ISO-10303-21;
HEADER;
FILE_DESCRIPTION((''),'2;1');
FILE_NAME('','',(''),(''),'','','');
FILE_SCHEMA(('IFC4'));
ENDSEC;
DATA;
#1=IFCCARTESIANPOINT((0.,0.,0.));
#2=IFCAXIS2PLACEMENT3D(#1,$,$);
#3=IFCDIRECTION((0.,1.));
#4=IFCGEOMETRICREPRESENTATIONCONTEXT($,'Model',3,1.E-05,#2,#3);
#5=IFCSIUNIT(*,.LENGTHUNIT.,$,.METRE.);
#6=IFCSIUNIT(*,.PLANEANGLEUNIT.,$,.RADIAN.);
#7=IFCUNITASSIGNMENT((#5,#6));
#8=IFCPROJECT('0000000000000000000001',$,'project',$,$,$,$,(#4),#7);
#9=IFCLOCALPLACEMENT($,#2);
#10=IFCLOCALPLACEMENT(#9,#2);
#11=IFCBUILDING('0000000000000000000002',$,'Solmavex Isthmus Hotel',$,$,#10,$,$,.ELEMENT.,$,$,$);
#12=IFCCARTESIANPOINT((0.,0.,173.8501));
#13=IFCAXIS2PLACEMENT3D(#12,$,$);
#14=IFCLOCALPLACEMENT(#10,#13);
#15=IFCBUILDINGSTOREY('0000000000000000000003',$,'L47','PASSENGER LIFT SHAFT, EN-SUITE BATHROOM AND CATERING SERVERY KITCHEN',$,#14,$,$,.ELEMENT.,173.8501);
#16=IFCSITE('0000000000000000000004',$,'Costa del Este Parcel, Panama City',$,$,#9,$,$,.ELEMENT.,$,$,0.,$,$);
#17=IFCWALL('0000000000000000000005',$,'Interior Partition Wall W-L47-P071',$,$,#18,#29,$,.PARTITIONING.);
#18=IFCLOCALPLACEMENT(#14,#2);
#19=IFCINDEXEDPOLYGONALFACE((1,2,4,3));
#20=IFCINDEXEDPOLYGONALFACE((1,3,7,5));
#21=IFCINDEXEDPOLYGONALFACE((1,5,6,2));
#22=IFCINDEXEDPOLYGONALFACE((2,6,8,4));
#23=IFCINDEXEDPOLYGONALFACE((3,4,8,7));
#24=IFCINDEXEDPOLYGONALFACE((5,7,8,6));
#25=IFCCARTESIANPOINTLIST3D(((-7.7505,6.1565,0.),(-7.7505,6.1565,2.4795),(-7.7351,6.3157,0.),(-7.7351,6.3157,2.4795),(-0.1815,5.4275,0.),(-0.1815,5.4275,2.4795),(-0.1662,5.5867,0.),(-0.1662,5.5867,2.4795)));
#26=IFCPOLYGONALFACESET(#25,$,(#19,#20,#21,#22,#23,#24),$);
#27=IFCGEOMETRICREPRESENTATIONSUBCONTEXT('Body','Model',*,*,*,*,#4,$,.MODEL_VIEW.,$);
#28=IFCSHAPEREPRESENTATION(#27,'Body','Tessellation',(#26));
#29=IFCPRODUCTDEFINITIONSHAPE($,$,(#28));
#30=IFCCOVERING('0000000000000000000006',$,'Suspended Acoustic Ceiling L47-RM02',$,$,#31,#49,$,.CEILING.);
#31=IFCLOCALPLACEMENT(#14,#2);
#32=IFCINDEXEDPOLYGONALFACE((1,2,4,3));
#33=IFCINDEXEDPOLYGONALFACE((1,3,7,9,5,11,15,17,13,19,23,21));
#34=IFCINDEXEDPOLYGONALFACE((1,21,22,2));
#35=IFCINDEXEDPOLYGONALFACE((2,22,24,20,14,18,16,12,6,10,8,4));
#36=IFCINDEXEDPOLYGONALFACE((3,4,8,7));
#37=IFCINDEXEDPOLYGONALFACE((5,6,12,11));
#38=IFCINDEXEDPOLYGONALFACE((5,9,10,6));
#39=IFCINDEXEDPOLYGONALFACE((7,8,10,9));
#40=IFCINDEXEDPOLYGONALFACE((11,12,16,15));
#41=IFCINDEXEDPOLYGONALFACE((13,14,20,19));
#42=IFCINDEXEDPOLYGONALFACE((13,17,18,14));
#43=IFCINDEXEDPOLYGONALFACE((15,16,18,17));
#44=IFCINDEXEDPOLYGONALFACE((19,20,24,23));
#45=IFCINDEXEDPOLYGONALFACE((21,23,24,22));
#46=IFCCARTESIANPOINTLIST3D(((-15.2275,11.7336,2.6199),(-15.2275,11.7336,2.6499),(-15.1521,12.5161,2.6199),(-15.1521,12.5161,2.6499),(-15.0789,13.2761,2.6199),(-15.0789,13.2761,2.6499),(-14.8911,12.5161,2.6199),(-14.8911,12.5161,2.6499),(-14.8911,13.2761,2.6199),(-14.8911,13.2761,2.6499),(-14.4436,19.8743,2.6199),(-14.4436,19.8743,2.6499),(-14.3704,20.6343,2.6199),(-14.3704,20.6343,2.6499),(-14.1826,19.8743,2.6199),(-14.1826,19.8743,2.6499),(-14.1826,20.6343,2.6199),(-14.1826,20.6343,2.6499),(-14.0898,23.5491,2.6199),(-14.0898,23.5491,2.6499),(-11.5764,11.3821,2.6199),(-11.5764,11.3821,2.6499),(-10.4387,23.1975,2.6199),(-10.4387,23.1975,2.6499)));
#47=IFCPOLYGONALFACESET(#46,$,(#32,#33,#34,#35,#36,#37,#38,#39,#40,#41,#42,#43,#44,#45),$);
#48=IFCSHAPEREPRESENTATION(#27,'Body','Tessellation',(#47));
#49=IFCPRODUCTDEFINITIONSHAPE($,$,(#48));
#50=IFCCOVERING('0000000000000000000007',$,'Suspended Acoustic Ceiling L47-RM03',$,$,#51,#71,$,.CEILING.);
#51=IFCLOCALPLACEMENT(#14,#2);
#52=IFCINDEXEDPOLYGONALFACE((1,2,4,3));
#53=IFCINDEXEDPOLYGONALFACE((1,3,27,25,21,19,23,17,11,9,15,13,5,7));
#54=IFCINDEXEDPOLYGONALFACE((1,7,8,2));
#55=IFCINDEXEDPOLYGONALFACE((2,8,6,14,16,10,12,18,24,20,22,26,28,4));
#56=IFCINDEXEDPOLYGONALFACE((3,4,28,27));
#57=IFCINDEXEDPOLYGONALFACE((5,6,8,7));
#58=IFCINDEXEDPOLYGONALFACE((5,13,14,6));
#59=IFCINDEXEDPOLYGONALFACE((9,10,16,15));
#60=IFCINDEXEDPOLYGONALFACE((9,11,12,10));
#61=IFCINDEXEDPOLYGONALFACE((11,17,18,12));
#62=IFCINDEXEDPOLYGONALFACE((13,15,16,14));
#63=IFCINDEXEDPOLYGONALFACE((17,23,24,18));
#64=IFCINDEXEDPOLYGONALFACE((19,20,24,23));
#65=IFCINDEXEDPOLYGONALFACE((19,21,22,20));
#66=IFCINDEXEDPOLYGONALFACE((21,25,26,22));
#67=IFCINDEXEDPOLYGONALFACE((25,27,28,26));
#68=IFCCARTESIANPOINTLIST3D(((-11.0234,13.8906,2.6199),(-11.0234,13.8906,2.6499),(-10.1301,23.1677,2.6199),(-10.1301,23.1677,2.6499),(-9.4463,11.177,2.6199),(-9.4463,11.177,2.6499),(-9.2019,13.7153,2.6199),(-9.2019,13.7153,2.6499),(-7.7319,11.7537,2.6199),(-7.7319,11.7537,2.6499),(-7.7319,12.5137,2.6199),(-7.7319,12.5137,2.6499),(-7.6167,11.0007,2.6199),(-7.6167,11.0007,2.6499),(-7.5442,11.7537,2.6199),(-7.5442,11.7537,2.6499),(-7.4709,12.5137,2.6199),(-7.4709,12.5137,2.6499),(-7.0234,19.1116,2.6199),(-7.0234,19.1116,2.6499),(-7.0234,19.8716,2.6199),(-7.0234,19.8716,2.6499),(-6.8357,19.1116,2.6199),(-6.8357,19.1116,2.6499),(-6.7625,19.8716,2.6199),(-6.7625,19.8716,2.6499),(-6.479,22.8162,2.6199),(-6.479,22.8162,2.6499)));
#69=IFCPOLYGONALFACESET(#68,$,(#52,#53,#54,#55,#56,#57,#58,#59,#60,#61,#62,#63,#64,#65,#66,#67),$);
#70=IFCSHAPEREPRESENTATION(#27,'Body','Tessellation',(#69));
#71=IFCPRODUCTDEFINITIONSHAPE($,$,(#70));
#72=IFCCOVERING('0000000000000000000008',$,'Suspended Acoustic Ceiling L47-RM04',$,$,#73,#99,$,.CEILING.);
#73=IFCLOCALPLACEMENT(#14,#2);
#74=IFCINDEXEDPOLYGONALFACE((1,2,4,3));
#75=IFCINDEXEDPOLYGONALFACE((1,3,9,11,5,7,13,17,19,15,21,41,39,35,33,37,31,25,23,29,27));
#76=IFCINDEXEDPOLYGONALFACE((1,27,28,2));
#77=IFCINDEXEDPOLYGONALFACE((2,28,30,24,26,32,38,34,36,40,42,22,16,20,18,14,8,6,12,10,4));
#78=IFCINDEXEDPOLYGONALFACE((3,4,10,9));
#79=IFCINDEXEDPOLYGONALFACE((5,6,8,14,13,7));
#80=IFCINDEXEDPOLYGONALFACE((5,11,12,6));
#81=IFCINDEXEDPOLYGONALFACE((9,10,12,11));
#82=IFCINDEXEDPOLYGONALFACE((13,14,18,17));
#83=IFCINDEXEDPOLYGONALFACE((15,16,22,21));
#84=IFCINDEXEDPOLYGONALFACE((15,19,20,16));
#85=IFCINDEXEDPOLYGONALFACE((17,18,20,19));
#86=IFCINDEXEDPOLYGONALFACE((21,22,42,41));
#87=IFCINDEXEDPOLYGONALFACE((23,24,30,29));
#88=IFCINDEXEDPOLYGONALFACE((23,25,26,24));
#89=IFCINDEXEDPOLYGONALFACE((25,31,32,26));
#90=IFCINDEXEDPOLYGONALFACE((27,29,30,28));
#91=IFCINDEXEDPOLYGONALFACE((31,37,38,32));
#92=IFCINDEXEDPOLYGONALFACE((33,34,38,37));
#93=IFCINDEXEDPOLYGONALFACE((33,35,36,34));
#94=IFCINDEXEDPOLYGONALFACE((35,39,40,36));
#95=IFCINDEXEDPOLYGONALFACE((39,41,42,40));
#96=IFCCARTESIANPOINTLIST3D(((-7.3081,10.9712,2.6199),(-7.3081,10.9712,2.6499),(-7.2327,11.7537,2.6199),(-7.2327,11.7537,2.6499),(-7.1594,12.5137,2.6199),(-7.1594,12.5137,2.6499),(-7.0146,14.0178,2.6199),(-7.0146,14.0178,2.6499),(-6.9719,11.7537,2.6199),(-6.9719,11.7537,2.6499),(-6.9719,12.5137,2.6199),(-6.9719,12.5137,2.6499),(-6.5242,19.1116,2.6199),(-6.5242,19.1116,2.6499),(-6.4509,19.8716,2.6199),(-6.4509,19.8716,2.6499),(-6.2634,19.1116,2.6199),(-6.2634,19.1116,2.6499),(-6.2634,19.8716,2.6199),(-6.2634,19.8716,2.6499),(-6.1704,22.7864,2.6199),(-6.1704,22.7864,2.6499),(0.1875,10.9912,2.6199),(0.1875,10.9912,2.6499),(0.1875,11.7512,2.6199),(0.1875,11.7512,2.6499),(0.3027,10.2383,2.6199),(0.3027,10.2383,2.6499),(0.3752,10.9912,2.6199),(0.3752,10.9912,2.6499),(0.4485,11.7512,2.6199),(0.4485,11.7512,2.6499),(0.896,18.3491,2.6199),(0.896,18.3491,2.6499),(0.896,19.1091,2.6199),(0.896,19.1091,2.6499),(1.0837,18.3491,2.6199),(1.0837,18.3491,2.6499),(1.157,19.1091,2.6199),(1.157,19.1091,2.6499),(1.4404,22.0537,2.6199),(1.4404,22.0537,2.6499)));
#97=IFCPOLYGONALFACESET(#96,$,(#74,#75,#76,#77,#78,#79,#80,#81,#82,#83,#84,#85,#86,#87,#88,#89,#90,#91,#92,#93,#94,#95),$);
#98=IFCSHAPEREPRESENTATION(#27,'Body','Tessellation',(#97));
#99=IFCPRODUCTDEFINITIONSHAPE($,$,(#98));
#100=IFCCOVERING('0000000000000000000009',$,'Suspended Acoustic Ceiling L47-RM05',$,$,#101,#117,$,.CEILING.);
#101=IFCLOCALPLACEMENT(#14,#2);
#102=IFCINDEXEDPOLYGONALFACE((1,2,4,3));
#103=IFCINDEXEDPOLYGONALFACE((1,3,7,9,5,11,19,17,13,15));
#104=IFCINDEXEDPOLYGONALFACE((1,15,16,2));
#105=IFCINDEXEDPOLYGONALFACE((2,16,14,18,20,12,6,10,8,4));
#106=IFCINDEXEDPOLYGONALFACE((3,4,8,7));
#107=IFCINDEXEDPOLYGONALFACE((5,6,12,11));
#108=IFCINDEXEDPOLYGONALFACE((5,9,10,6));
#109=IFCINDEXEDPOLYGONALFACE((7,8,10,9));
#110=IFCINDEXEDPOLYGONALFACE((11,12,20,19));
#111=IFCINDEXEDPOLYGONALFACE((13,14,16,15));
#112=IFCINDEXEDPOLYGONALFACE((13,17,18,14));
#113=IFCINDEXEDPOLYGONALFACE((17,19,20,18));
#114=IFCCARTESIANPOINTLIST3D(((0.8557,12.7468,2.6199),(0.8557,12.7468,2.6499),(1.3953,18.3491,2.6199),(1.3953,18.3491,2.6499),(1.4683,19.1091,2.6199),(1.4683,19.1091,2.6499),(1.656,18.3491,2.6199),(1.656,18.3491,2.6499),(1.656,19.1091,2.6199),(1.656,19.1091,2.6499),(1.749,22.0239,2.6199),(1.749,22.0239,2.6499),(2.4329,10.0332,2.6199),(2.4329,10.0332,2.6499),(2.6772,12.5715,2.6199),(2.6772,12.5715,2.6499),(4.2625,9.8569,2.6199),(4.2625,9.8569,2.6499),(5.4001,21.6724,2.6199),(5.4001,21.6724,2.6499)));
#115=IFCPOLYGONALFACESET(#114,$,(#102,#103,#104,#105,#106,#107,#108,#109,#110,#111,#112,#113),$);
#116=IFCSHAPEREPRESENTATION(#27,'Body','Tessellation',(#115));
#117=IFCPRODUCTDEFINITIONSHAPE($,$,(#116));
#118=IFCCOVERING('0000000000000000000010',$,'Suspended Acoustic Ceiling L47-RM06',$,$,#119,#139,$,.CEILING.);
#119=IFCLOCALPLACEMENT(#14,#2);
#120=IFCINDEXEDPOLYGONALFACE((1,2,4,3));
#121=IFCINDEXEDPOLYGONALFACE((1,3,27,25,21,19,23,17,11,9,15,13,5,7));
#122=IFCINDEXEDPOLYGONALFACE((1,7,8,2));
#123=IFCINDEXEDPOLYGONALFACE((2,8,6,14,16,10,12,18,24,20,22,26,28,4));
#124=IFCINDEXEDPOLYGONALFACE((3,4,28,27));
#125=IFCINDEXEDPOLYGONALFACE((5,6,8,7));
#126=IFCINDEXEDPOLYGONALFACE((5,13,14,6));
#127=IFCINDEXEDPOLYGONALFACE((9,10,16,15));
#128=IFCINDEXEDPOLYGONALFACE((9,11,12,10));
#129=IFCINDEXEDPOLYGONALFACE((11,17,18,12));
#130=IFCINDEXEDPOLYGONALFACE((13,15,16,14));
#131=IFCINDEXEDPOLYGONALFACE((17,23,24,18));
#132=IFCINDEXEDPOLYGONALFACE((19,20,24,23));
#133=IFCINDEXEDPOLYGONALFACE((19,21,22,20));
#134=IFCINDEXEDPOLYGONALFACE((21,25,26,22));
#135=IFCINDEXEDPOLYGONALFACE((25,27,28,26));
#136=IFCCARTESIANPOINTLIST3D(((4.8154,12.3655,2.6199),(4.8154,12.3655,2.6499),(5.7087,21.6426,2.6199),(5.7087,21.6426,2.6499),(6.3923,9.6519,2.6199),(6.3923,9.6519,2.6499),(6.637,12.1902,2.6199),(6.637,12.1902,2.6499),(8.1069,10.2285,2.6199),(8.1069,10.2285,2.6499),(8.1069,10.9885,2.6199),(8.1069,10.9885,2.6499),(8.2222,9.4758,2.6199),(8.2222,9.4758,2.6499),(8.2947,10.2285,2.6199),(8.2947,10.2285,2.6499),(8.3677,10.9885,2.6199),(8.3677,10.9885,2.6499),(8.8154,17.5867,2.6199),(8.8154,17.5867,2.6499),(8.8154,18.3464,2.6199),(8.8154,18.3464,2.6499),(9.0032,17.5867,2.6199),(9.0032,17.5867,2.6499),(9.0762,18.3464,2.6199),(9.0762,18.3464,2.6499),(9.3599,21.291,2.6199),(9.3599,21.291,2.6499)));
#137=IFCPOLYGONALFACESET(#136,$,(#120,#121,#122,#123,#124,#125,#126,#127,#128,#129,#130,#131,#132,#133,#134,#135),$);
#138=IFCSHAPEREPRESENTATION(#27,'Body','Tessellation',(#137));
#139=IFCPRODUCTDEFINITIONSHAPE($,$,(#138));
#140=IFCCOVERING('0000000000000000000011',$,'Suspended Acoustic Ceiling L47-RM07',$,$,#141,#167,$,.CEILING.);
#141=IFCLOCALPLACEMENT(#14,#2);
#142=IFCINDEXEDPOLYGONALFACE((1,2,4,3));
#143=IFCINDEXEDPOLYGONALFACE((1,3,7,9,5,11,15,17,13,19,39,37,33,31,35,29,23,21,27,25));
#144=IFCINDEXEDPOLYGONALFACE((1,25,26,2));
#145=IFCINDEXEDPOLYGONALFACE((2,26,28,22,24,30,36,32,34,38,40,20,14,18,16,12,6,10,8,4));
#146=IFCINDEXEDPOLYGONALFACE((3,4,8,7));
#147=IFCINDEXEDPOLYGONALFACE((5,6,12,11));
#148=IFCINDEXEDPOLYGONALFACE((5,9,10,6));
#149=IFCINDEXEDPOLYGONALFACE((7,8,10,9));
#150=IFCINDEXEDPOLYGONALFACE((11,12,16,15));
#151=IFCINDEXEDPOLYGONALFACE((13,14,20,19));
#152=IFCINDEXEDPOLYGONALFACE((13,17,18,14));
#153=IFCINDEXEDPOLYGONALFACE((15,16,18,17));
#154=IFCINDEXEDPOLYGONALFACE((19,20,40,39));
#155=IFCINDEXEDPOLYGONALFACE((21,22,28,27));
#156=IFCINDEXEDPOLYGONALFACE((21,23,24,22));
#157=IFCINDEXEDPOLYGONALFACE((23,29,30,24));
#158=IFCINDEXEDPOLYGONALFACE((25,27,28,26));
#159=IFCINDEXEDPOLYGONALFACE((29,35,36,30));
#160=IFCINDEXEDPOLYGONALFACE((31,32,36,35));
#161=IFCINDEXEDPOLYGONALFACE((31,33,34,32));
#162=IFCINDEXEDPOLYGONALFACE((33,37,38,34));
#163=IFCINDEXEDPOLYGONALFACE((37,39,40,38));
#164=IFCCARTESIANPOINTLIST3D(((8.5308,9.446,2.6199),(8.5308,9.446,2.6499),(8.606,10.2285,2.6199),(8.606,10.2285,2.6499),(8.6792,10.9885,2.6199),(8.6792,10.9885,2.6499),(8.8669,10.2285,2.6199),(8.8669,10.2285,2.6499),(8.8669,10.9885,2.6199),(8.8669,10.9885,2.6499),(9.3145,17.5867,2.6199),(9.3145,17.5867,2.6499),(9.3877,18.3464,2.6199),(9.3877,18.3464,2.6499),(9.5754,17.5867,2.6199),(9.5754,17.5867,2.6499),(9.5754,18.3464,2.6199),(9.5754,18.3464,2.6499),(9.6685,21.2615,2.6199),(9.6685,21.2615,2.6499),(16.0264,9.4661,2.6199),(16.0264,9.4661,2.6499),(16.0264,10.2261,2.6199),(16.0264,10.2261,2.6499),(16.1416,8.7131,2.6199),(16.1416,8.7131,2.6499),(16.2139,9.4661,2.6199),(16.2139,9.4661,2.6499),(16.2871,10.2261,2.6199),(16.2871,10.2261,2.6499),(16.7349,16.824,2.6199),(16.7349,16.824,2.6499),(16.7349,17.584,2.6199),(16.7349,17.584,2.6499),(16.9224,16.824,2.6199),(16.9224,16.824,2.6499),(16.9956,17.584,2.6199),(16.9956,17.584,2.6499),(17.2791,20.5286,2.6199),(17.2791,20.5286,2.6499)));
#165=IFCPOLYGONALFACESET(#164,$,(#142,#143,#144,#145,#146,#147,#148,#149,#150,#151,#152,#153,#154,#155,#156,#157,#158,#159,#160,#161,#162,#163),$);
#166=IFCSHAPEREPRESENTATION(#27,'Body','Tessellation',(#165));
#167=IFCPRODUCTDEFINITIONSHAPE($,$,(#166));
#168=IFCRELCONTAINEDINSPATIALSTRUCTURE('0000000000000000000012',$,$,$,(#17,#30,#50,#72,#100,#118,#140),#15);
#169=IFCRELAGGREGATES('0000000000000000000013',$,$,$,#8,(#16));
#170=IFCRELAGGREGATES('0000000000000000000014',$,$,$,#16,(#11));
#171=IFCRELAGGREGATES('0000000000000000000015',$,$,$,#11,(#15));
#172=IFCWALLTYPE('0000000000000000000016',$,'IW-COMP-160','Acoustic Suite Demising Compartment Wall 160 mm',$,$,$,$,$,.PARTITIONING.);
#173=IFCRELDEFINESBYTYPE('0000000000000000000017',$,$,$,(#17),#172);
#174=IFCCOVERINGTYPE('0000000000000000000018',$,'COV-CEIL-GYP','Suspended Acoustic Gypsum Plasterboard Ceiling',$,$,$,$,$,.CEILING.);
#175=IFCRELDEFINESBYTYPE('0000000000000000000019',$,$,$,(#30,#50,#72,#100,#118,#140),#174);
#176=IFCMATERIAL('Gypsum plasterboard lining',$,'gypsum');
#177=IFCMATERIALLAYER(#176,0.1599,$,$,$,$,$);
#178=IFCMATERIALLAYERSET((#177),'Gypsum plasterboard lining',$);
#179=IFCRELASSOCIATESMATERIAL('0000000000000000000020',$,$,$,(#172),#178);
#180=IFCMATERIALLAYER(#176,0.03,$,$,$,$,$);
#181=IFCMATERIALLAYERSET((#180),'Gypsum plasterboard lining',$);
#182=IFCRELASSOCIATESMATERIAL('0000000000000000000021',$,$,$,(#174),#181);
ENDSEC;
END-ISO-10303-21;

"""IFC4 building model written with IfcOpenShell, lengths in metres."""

from ifc_helpers import new_model, si_unit, direction, frame, frame_2d, origin, place, context, subcontext, project, spatial, polyline, rectangle, outline, extrude, material, layer, layer_set, type_object, element, save


model = new_model("IFC4")

# Units and contexts
model_context = context("Model", 3, precision=1e-05, world=origin(), true_north=direction((0.0, 1.0)))
body_context = subcontext(model_context, "Body", "Model", "MODEL_VIEW")
ifc_project = project(units=[si_unit("LENGTHUNIT", "METRE"), si_unit("PLANEANGLEUNIT", "RADIAN")], contexts=[model_context])

# Site, building, storey
site_placement = place(None, origin())
site = spatial("IfcSite", under=ifc_project, at=site_placement, Name="Costa del Este Parcel, Panama City", CompositionType="ELEMENT", RefElevation=0.0)
building_placement = place(site_placement, origin())
building = spatial("IfcBuilding", under=site, at=building_placement, Name="Solmavex Isthmus Hotel", CompositionType="ELEMENT")
storey_placement = place(building_placement, frame((0.0, 0.0, 173.8501)))
storey = spatial("IfcBuildingStorey", under=building, at=storey_placement, Name="L47", Description="PASSENGER LIFT SHAFT, EN-SUITE BATHROOM AND CATERING SERVERY KITCHEN", CompositionType="ELEMENT", Elevation=173.8501)

# Wall
ifc_material_1 = material(Name="Gypsum plasterboard lining", Category="gypsum")
ifc_layer_1 = layer(ifc_material_1, 0.1599)
ifc_layer_set_1 = layer_set([ifc_layer_1], Name="Gypsum plasterboard lining")
wall_type = type_object("IfcWallType", Name="IW-COMP-160", Description="Acoustic Suite Demising Compartment Wall 160 mm", PredefinedType="PARTITIONING", material=ifc_layer_set_1)
wall_placement = place(storey_placement, frame((-0.1738, 5.5071, 0.0), z_axis=(0.0, 0.0, 1.0), x_axis=(-0.995394, 0.09587, 0.0)))
element("IfcWall", 1, at=wall_placement, inside=storey, type_object=wall_type, Name="Interior Partition Wall W-L47-P071", PredefinedType="PARTITIONING", context=body_context, shape_type="SweptSolid", body=[
    extrude(rectangle(XDim=7.604, YDim=0.1599, at=frame_2d((3.802, 0.0))), origin(), (0.0, 0.0, 1.0), 2.4795),
])

# Coverings
ifc_layer_2 = layer(ifc_material_1, 0.03)
ifc_layer_set_2 = layer_set([ifc_layer_2], Name="Gypsum plasterboard lining")
covering_type_1 = type_object("IfcCoveringType", Name="COV-CEIL-GYP", Description="Suspended Acoustic Gypsum Plasterboard Ceiling", PredefinedType="CEILING", material=ifc_layer_set_2)
covering_1_placement = place(storey_placement, frame((0.0, 0.0, 2.6199)))
element("IfcCovering", 2, at=covering_1_placement, inside=storey, type_object=covering_type_1, Name="Suspended Acoustic Ceiling L47-RM02", PredefinedType="CEILING", context=body_context, shape_type="SweptSolid", body=[
    extrude(outline(polyline([(-15.0789, 13.2761), (-14.8911, 13.2761), (-14.8911, 12.5161), (-15.1521, 12.5161), (-15.2275, 11.7336), (-11.5764, 11.3821), (-10.4387, 23.1975), (-14.0898, 23.5491), (-14.3704, 20.6343), (-14.1826, 20.6343), (-14.1826, 19.8743), (-14.4436, 19.8743), (-15.0789, 13.2761)])), origin(), (0.0, 0.0, 1.0), 0.03),
])
covering_2_placement = place(storey_placement, frame((0.0, 0.0, 2.6199)))
element("IfcCovering", 3, at=covering_2_placement, inside=storey, type_object=covering_type_1, Name="Suspended Acoustic Ceiling L47-RM03", PredefinedType="CEILING", context=body_context, shape_type="SweptSolid", body=[
    extrude(outline(polyline([(-6.8357, 19.1116), (-7.0234, 19.1116), (-7.0234, 19.8716), (-6.7625, 19.8716), (-6.479, 22.8162), (-10.1301, 23.1677), (-11.0234, 13.8906), (-9.2019, 13.7153), (-9.4463, 11.177), (-7.6167, 11.0007), (-7.5442, 11.7537), (-7.7319, 11.7537), (-7.7319, 12.5137), (-7.4709, 12.5137), (-6.8357, 19.1116)])), origin(), (0.0, 0.0, 1.0), 0.03),
])
covering_3_placement = place(storey_placement, frame((0.0, 0.0, 2.6199)))
element("IfcCovering", 4, at=covering_3_placement, inside=storey, type_object=covering_type_1, Name="Suspended Acoustic Ceiling L47-RM04", PredefinedType="CEILING", context=body_context, shape_type="SweptSolid", body=[
    extrude(outline(polyline([(-7.1594, 12.5137), (-6.9719, 12.5137), (-6.9719, 11.7537), (-7.2327, 11.7537), (-7.3081, 10.9712), (0.3027, 10.2383), (0.3752, 10.9912), (0.1875, 10.9912), (0.1875, 11.7512), (0.4485, 11.7512), (1.0837, 18.3491), (0.896, 18.3491), (0.896, 19.1091), (1.157, 19.1091), (1.4404, 22.0537), (-6.1704, 22.7864), (-6.4509, 19.8716), (-6.2634, 19.8716), (-6.2634, 19.1116), (-6.5242, 19.1116), (-7.0146, 14.0178), (-7.1594, 12.5137)])), origin(), (0.0, 0.0, 1.0), 0.03),
])
covering_4_placement = place(storey_placement, frame((0.0, 0.0, 2.6199)))
element("IfcCovering", 5, at=covering_4_placement, inside=storey, type_object=covering_type_1, Name="Suspended Acoustic Ceiling L47-RM05", PredefinedType="CEILING", context=body_context, shape_type="SweptSolid", body=[
    extrude(outline(polyline([(1.4683, 19.1091), (1.656, 19.1091), (1.656, 18.3491), (1.3953, 18.3491), (0.8557, 12.7468), (2.6772, 12.5715), (2.4329, 10.0332), (4.2625, 9.8569), (5.4001, 21.6724), (1.749, 22.0239), (1.4683, 19.1091)])), origin(), (0.0, 0.0, 1.0), 0.03),
])
covering_5_placement = place(storey_placement, frame((0.0, 0.0, 2.6199)))
element("IfcCovering", 6, at=covering_5_placement, inside=storey, type_object=covering_type_1, Name="Suspended Acoustic Ceiling L47-RM06", PredefinedType="CEILING", context=body_context, shape_type="SweptSolid", body=[
    extrude(outline(polyline([(9.0032, 17.5867), (8.8154, 17.5867), (8.8154, 18.3464), (9.0762, 18.3464), (9.3599, 21.291), (5.7087, 21.6426), (4.8154, 12.3655), (6.637, 12.1902), (6.3923, 9.6519), (8.2222, 9.4758), (8.2947, 10.2285), (8.1069, 10.2285), (8.1069, 10.9885), (8.3677, 10.9885), (9.0032, 17.5867)])), origin(), (0.0, 0.0, 1.0), 0.03),
])
covering_6_placement = place(storey_placement, frame((0.0, 0.0, 2.6199)))
element("IfcCovering", 7, at=covering_6_placement, inside=storey, type_object=covering_type_1, Name="Suspended Acoustic Ceiling L47-RM07", PredefinedType="CEILING", context=body_context, shape_type="SweptSolid", body=[
    extrude(outline(polyline([(8.6792, 10.9885), (8.8669, 10.9885), (8.8669, 10.2285), (8.606, 10.2285), (8.5308, 9.446), (16.1416, 8.7131), (16.2139, 9.4661), (16.0264, 9.4661), (16.0264, 10.2261), (16.2871, 10.2261), (16.9224, 16.824), (16.7349, 16.824), (16.7349, 17.584), (16.9956, 17.584), (17.2791, 20.5286), (9.6685, 21.2615), (9.3877, 18.3464), (9.5754, 18.3464), (9.5754, 17.5867), (9.3145, 17.5867), (8.6792, 10.9885)])), origin(), (0.0, 0.0, 1.0), 0.03),
])

save(model, "model.ifc")
